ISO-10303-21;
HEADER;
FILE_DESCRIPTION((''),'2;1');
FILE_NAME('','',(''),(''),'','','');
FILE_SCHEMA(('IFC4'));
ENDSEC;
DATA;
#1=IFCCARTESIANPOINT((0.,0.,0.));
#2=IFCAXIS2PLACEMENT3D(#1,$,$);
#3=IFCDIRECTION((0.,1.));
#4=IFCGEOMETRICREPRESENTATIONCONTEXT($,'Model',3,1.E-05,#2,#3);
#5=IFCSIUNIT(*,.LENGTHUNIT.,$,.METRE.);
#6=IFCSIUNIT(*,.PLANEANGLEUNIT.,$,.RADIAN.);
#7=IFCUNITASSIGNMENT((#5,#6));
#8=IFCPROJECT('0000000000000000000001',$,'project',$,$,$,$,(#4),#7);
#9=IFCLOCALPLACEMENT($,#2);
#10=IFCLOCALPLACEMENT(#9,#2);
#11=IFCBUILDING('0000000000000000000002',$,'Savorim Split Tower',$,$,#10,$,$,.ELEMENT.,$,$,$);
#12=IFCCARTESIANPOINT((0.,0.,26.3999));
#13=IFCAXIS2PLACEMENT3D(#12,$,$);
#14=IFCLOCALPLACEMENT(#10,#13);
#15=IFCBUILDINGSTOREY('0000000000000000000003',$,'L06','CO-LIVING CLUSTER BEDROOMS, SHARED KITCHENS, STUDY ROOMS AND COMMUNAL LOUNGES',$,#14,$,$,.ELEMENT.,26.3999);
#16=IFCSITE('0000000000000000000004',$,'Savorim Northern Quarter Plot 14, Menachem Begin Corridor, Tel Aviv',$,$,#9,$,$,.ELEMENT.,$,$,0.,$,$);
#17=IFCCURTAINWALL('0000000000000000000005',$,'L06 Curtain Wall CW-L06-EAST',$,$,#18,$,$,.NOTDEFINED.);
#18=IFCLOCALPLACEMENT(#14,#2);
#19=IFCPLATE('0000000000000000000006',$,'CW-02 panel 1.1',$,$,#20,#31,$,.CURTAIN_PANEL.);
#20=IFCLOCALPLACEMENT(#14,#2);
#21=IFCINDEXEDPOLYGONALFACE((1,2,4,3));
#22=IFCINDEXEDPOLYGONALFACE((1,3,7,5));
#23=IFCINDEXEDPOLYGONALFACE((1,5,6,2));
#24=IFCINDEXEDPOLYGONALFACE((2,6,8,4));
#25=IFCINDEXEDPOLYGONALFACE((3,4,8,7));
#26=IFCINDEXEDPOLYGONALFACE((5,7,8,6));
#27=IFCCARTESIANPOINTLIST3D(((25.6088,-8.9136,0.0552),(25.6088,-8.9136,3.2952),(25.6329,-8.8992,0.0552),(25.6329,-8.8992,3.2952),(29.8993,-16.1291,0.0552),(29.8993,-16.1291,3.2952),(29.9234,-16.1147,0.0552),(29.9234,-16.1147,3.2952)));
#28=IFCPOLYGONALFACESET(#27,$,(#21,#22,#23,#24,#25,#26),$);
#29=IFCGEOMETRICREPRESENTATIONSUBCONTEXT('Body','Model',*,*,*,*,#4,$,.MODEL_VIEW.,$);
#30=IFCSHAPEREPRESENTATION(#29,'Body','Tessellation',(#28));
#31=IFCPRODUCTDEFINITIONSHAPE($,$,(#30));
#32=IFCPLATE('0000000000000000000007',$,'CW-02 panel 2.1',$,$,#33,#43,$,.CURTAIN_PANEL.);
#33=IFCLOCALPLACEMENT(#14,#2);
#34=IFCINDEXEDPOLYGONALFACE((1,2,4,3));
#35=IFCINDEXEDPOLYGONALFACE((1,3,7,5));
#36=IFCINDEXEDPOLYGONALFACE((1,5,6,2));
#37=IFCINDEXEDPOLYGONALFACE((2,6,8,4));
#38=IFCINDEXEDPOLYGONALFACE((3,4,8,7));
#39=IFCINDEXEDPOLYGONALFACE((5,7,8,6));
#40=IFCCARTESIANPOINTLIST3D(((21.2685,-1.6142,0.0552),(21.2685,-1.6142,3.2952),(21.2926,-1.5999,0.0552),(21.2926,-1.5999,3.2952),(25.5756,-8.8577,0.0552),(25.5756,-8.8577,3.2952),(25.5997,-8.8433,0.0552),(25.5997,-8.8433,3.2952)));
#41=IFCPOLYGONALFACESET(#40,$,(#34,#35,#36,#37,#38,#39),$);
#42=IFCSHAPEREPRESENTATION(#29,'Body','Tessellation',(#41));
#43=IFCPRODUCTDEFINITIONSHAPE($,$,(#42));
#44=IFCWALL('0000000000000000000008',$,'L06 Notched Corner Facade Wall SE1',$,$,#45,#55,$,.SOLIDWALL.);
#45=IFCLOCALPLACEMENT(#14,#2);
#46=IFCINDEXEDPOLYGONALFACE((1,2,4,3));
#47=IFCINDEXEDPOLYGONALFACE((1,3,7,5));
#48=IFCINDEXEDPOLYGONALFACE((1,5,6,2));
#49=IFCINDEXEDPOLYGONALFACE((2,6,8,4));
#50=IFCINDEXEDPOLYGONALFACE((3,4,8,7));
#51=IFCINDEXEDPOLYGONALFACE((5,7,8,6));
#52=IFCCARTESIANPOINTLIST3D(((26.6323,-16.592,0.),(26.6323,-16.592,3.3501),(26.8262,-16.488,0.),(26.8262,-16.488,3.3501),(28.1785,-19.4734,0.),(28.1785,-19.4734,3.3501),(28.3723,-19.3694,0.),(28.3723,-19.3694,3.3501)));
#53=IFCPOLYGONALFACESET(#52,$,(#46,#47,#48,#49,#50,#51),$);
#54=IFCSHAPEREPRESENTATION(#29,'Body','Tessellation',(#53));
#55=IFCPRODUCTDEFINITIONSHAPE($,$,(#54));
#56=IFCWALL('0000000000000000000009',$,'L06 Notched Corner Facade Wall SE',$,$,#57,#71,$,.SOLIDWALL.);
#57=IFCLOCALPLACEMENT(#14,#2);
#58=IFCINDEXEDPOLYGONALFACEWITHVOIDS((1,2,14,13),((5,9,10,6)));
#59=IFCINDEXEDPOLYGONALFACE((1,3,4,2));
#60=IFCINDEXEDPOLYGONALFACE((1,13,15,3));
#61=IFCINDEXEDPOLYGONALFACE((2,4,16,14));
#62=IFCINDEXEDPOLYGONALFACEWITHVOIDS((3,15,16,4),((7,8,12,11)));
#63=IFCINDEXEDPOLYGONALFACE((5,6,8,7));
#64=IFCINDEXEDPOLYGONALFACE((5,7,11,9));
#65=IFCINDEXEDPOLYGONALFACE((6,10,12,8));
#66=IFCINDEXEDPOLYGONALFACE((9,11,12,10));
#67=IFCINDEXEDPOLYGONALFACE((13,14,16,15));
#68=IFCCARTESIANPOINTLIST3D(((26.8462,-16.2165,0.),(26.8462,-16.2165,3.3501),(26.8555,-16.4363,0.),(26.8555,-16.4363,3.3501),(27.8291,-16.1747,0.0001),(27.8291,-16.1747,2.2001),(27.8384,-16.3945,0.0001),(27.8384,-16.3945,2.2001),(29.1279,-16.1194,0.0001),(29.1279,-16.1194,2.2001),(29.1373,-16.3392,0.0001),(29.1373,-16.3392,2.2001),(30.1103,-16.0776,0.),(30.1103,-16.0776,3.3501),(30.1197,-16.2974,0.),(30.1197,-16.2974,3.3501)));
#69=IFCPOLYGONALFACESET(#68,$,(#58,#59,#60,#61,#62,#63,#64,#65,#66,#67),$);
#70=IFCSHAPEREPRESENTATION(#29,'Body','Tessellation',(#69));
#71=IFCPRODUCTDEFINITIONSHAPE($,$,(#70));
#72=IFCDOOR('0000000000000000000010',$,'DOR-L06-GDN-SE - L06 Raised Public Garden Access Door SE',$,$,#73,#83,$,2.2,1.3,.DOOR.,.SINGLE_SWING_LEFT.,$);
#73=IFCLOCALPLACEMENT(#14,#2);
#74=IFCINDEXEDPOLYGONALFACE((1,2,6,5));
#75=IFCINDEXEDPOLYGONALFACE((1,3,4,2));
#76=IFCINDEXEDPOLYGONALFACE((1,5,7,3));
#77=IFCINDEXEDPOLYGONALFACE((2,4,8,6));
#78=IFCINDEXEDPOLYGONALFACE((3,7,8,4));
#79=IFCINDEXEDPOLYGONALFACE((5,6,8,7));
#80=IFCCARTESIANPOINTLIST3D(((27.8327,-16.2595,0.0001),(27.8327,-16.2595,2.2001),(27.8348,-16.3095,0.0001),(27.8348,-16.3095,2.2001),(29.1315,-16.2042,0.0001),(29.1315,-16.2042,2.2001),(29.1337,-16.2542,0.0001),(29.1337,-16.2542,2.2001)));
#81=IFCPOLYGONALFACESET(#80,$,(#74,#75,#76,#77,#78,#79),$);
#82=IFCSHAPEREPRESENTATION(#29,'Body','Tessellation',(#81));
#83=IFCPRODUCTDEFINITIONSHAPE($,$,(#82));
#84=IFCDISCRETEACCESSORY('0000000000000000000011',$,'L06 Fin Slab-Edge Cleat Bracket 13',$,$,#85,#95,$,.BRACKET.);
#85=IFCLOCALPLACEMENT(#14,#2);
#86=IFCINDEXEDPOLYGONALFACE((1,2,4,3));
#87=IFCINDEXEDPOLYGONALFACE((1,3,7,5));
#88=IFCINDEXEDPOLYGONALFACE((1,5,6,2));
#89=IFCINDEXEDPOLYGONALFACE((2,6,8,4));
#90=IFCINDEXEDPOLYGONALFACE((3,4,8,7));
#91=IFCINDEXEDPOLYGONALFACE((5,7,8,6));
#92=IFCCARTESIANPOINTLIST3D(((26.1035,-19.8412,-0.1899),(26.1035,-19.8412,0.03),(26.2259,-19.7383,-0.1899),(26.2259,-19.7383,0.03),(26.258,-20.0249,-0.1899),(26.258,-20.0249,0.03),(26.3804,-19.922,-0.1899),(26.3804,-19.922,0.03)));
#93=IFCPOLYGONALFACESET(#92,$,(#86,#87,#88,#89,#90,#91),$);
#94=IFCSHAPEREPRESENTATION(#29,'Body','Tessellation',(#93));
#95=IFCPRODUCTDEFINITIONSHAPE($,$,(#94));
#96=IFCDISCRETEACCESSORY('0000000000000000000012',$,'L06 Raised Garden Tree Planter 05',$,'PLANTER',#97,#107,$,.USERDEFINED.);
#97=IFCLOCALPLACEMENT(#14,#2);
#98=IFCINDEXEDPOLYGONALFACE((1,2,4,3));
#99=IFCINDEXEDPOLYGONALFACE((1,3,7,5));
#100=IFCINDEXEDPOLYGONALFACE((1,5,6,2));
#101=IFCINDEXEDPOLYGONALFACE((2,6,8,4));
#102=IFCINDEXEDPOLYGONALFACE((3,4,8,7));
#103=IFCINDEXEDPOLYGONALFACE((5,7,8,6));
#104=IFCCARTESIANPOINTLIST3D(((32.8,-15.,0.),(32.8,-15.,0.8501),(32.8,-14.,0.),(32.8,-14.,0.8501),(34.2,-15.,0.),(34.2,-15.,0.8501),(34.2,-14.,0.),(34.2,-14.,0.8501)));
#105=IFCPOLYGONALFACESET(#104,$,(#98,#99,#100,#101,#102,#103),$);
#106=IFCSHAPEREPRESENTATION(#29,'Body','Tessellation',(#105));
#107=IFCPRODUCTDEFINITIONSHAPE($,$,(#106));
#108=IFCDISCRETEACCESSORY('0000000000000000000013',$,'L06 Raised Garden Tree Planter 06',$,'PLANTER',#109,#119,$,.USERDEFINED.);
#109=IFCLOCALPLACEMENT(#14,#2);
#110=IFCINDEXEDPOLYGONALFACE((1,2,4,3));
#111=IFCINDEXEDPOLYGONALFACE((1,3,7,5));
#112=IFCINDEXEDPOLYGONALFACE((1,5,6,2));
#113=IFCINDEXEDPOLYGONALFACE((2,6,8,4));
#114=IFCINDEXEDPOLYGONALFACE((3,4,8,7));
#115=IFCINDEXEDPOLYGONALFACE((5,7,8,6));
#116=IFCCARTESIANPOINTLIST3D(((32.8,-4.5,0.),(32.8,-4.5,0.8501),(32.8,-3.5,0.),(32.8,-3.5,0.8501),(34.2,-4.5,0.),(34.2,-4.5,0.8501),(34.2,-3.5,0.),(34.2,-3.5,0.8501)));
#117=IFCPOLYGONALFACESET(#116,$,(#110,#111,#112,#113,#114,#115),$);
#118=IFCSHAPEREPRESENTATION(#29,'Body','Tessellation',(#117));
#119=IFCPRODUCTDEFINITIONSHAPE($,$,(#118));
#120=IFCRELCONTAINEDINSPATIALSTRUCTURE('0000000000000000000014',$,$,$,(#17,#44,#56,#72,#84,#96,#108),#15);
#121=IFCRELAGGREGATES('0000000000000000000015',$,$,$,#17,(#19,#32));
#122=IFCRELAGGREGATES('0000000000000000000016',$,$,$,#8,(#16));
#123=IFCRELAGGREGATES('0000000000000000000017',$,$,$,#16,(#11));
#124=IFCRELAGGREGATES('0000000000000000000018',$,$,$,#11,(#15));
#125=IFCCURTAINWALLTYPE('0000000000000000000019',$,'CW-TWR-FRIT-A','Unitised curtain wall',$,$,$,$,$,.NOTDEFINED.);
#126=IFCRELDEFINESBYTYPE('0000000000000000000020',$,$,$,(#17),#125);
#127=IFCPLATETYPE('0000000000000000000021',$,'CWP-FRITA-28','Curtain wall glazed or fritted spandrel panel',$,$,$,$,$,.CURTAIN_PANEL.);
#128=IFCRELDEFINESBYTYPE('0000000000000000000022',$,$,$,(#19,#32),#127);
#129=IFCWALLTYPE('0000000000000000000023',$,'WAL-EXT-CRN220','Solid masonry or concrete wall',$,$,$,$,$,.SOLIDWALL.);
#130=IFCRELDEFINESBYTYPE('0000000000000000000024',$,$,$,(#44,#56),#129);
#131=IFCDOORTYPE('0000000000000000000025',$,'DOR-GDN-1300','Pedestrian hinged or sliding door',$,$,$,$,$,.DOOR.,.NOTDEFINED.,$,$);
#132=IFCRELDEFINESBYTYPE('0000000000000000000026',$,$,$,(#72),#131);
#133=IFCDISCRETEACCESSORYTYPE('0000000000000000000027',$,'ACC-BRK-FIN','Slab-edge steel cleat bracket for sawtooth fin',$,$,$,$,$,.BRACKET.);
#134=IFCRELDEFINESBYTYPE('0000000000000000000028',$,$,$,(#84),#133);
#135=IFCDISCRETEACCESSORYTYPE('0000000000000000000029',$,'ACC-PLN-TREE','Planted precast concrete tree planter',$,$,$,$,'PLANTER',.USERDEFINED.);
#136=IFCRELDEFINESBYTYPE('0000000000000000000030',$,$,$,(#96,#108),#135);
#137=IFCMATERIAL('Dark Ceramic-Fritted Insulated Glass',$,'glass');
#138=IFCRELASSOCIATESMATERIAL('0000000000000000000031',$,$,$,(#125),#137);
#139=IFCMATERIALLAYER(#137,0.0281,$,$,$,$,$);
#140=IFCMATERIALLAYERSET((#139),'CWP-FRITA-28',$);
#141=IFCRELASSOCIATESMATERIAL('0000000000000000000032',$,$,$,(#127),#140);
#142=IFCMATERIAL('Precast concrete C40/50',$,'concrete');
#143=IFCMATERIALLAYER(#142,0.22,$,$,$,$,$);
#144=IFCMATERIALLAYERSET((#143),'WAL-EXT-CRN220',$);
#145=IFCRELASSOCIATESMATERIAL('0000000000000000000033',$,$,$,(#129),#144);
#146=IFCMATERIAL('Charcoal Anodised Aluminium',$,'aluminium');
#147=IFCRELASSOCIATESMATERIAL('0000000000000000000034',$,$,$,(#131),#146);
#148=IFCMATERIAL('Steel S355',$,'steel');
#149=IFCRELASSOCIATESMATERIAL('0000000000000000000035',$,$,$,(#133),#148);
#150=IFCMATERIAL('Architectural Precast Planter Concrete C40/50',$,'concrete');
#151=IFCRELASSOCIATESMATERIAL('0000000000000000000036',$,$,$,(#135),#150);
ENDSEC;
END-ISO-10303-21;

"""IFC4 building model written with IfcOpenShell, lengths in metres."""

from ifc_helpers import new_model, si_unit, direction, frame, frame_2d, origin, origin_2d, place, context, subcontext, project, spatial, rectangle, extrude, material, layer, layer_set, type_object, element, fill, aggregate, save


model = new_model("IFC4")

# Units and contexts
model_context = context("Model", 3, precision=1e-05, world=origin(), true_north=direction((0.0, 1.0)))
body_context = subcontext(model_context, "Body", "Model", "MODEL_VIEW")
ifc_project = project(units=[si_unit("LENGTHUNIT", "METRE"), si_unit("PLANEANGLEUNIT", "RADIAN")], contexts=[model_context])

# Site, building, storey
site_placement = place(None, origin())
site = spatial("IfcSite", under=ifc_project, at=site_placement, Name="Savorim Northern Quarter Plot 14, Menachem Begin Corridor, Tel Aviv", CompositionType="ELEMENT", RefElevation=0.0)
building_placement = place(site_placement, origin())
building = spatial("IfcBuilding", under=site, at=building_placement, Name="Savorim Split Tower", CompositionType="ELEMENT")
storey_placement = place(building_placement, frame((0.0, 0.0, 26.3999)))
storey = spatial("IfcBuildingStorey", under=building, at=storey_placement, Name="L06", Description="CO-LIVING CLUSTER BEDROOMS, SHARED KITCHENS, STUDY ROOMS AND COMMUNAL LOUNGES", CompositionType="ELEMENT", Elevation=26.3999)

# Shared definitions
ifc_material_1 = material(Name="Steel S355", Category="steel")

# Shared definitions
ifc_material_2 = material(Name="Dark Ceramic-Fritted Insulated Glass", Category="glass")
curtain_wall_type = type_object("IfcCurtainWallType", Name="CW-TWR-FRIT-A", Description="Unitised curtain wall", PredefinedType="NOTDEFINED", material=ifc_material_2)
ifc_material_3 = material(Name="Charcoal Anodised Aluminium", Category="aluminium")

# Curtain wall, plates
curtain_wall_1_placement = place(storey_placement, origin())
curtain_wall_1 = element("IfcCurtainWall", 1, at=curtain_wall_1_placement, inside=storey, type_object=curtain_wall_type, Name="L06 Curtain Wall CW-L06-EAST", PredefinedType="NOTDEFINED")
ifc_layer_1 = layer(ifc_material_2, 0.0281)
ifc_layer_set_1 = layer_set([ifc_layer_1], Name="CWP-FRITA-28")
plate_type = type_object("IfcPlateType", Name="CWP-FRITA-28", Description="Curtain wall glazed or fritted spandrel panel", PredefinedType="CURTAIN_PANEL", material=ifc_layer_set_1)
plate_1_placement = place(storey_placement, frame((27.7661, -12.5142, 0.0552), z_axis=(0.0, 0.0, 1.0), x_axis=(-0.511092, 0.859526, 0.0)))
plate_1 = element("IfcPlate", 2, at=plate_1_placement, type_object=plate_type, Name="CW-02 panel 1.1", PredefinedType="CURTAIN_PANEL", context=body_context, shape_type="SweptSolid", body=[
    extrude(rectangle(XDim=8.3948, YDim=0.0281, at=origin_2d()), origin(), (0.0, 0.0, 1.0), 3.24),
])
plate_2_placement = place(storey_placement, frame((23.4341, -5.2288, 0.0552), z_axis=(0.0, 0.0, 1.0), x_axis=(-0.511092, 0.859526, 0.0)))
plate_2 = element("IfcPlate", 3, at=plate_2_placement, type_object=plate_type, Name="CW-02 panel 2.1", PredefinedType="CURTAIN_PANEL", context=body_context, shape_type="SweptSolid", body=[
    extrude(rectangle(XDim=8.4272, YDim=0.0281, at=origin_2d()), origin(), (0.0, 0.0, 1.0), 3.24),
])
aggregate(curtain_wall_1, [plate_1, plate_2])

# Wall
ifc_material_4 = material(Name="Precast concrete C40/50", Category="concrete")
ifc_layer_2 = layer(ifc_material_4, 0.22)
ifc_layer_set_2 = layer_set([ifc_layer_2], Name="WAL-EXT-CRN220")
wall_type = type_object("IfcWallType", Name="WAL-EXT-CRN220", Description="Solid masonry or concrete wall", PredefinedType="SOLIDWALL", material=ifc_layer_set_2)
wall_1_placement = place(storey_placement, frame((26.7292, -16.54, 0.0), z_axis=(0.0, 0.0, 1.0), x_axis=(0.47283, -0.881153, 0.0)))
element("IfcWall", 4, at=wall_1_placement, inside=storey, type_object=wall_type, Name="L06 Notched Corner Facade Wall SE1", PredefinedType="SOLIDWALL", context=body_context, shape_type="SweptSolid", body=[
    extrude(rectangle(XDim=3.27, YDim=0.22, at=frame_2d((1.635, 0.0))), origin(), (0.0, 0.0, 1.0), 3.3501),
])

# Wall, opening, door
wall_2_placement = place(storey_placement, frame((30.115, -16.1875, 0.0), z_axis=(0.0, 0.0, 1.0), x_axis=(-0.999096, -0.042519, 0.0)))
wall_2 = element("IfcWall", 5, at=wall_2_placement, inside=storey, type_object=wall_type, Name="L06 Notched Corner Facade Wall SE", PredefinedType="SOLIDWALL", context=body_context, shape_type="SweptSolid", body=[
    extrude(rectangle(XDim=3.2671, YDim=0.22, at=frame_2d((1.6335, 0.0))), origin(), (0.0, 0.0, 1.0), 3.3501),
])
opening_placement = place(wall_2_placement, frame((0.9834, 0.0, 0.0)))
opening = element("IfcOpeningElement", 6, at=opening_placement, cuts=wall_2, PredefinedType="OPENING", context=body_context, shape_type="SweptSolid", body=[
    extrude(rectangle(XDim=1.3, YDim=2.2, at=frame_2d((0.6499, 1.1001))), frame((0.0, 0.1199, 0.0), z_axis=(0.0, -1.0, 0.0), x_axis=(1.0, 0.0, 0.0)), (0.0, 0.0, 1.0), 0.24),
])
door_type = type_object("IfcDoorType", Name="DOR-GDN-1300", Description="Pedestrian hinged or sliding door", OperationType="NOTDEFINED", PredefinedType="DOOR", material=ifc_material_3)
door_placement = place(opening_placement, origin())
door = element("IfcDoor", 7, at=door_placement, inside=storey, type_object=door_type, Name="DOR-L06-GDN-SE - L06 Raised Public Garden Access Door SE", OperationType="SINGLE_SWING_LEFT", OverallHeight=2.2, OverallWidth=1.3, PredefinedType="DOOR", context=body_context, shape_type="SweptSolid", body=[
    extrude(rectangle(XDim=1.3, YDim=2.2, at=frame_2d((0.6499, 1.1001))), frame((0.0, 0.0249, 0.0), z_axis=(0.0, -1.0, 0.0), x_axis=(1.0, 0.0, 0.0)), (0.0, 0.0, 1.0), 0.05),
])
fill(opening, door)

# Discrete accessories
discrete_accessory_type_1 = type_object("IfcDiscreteAccessoryType", Name="ACC-BRK-FIN", Description="Slab-edge steel cleat bracket for sawtooth fin", PredefinedType="BRACKET", material=ifc_material_1)
discrete_accessory_placement = place(storey_placement, frame((26.2419, -19.8816, -0.1899), z_axis=(0.0, 0.0, 1.0), x_axis=(0.643719, -0.765262, 0.0)))
element("IfcDiscreteAccessory", 8, at=discrete_accessory_placement, inside=storey, type_object=discrete_accessory_type_1, Name="L06 Fin Slab-Edge Cleat Bracket 13", PredefinedType="BRACKET", context=body_context, shape_type="SweptSolid", body=[
    extrude(rectangle(XDim=0.24, YDim=0.1599, at=origin_2d()), origin(), (0.0, 0.0, 1.0), 0.22),
])
ifc_material_5 = material(Name="Architectural Precast Planter Concrete C40/50", Category="concrete")
discrete_accessory_type_2 = type_object("IfcDiscreteAccessoryType", Name="ACC-PLN-TREE", Description="Planted precast concrete tree planter", ElementType="PLANTER", PredefinedType="USERDEFINED", material=ifc_material_5)
for number, where, z_axis, x_axis, name in (
    (9, (33.5, -14.5, 0.0), (0.0, 0.0, 1.0), (1.0, 0.0, 0.0), "L06 Raised Garden Tree Planter 05"),
    (10, (33.5, -4.0, 0.0), (0.0, 0.0, 1.0), (1.0, 0.0, 0.0), "L06 Raised Garden Tree Planter 06"),
):
    element("IfcDiscreteAccessory", number, at=place(storey_placement, frame(where, z_axis=z_axis, x_axis=x_axis)), inside=storey, type_object=discrete_accessory_type_2, Name=name, ObjectType="PLANTER", PredefinedType="USERDEFINED", context=body_context, shape_type="SweptSolid", body=[
        extrude(rectangle(XDim=1.3999, YDim=1.0, at=origin_2d()), origin(), (0.0, 0.0, 1.0), 0.8501),
    ])

save(model, "model.ifc")
